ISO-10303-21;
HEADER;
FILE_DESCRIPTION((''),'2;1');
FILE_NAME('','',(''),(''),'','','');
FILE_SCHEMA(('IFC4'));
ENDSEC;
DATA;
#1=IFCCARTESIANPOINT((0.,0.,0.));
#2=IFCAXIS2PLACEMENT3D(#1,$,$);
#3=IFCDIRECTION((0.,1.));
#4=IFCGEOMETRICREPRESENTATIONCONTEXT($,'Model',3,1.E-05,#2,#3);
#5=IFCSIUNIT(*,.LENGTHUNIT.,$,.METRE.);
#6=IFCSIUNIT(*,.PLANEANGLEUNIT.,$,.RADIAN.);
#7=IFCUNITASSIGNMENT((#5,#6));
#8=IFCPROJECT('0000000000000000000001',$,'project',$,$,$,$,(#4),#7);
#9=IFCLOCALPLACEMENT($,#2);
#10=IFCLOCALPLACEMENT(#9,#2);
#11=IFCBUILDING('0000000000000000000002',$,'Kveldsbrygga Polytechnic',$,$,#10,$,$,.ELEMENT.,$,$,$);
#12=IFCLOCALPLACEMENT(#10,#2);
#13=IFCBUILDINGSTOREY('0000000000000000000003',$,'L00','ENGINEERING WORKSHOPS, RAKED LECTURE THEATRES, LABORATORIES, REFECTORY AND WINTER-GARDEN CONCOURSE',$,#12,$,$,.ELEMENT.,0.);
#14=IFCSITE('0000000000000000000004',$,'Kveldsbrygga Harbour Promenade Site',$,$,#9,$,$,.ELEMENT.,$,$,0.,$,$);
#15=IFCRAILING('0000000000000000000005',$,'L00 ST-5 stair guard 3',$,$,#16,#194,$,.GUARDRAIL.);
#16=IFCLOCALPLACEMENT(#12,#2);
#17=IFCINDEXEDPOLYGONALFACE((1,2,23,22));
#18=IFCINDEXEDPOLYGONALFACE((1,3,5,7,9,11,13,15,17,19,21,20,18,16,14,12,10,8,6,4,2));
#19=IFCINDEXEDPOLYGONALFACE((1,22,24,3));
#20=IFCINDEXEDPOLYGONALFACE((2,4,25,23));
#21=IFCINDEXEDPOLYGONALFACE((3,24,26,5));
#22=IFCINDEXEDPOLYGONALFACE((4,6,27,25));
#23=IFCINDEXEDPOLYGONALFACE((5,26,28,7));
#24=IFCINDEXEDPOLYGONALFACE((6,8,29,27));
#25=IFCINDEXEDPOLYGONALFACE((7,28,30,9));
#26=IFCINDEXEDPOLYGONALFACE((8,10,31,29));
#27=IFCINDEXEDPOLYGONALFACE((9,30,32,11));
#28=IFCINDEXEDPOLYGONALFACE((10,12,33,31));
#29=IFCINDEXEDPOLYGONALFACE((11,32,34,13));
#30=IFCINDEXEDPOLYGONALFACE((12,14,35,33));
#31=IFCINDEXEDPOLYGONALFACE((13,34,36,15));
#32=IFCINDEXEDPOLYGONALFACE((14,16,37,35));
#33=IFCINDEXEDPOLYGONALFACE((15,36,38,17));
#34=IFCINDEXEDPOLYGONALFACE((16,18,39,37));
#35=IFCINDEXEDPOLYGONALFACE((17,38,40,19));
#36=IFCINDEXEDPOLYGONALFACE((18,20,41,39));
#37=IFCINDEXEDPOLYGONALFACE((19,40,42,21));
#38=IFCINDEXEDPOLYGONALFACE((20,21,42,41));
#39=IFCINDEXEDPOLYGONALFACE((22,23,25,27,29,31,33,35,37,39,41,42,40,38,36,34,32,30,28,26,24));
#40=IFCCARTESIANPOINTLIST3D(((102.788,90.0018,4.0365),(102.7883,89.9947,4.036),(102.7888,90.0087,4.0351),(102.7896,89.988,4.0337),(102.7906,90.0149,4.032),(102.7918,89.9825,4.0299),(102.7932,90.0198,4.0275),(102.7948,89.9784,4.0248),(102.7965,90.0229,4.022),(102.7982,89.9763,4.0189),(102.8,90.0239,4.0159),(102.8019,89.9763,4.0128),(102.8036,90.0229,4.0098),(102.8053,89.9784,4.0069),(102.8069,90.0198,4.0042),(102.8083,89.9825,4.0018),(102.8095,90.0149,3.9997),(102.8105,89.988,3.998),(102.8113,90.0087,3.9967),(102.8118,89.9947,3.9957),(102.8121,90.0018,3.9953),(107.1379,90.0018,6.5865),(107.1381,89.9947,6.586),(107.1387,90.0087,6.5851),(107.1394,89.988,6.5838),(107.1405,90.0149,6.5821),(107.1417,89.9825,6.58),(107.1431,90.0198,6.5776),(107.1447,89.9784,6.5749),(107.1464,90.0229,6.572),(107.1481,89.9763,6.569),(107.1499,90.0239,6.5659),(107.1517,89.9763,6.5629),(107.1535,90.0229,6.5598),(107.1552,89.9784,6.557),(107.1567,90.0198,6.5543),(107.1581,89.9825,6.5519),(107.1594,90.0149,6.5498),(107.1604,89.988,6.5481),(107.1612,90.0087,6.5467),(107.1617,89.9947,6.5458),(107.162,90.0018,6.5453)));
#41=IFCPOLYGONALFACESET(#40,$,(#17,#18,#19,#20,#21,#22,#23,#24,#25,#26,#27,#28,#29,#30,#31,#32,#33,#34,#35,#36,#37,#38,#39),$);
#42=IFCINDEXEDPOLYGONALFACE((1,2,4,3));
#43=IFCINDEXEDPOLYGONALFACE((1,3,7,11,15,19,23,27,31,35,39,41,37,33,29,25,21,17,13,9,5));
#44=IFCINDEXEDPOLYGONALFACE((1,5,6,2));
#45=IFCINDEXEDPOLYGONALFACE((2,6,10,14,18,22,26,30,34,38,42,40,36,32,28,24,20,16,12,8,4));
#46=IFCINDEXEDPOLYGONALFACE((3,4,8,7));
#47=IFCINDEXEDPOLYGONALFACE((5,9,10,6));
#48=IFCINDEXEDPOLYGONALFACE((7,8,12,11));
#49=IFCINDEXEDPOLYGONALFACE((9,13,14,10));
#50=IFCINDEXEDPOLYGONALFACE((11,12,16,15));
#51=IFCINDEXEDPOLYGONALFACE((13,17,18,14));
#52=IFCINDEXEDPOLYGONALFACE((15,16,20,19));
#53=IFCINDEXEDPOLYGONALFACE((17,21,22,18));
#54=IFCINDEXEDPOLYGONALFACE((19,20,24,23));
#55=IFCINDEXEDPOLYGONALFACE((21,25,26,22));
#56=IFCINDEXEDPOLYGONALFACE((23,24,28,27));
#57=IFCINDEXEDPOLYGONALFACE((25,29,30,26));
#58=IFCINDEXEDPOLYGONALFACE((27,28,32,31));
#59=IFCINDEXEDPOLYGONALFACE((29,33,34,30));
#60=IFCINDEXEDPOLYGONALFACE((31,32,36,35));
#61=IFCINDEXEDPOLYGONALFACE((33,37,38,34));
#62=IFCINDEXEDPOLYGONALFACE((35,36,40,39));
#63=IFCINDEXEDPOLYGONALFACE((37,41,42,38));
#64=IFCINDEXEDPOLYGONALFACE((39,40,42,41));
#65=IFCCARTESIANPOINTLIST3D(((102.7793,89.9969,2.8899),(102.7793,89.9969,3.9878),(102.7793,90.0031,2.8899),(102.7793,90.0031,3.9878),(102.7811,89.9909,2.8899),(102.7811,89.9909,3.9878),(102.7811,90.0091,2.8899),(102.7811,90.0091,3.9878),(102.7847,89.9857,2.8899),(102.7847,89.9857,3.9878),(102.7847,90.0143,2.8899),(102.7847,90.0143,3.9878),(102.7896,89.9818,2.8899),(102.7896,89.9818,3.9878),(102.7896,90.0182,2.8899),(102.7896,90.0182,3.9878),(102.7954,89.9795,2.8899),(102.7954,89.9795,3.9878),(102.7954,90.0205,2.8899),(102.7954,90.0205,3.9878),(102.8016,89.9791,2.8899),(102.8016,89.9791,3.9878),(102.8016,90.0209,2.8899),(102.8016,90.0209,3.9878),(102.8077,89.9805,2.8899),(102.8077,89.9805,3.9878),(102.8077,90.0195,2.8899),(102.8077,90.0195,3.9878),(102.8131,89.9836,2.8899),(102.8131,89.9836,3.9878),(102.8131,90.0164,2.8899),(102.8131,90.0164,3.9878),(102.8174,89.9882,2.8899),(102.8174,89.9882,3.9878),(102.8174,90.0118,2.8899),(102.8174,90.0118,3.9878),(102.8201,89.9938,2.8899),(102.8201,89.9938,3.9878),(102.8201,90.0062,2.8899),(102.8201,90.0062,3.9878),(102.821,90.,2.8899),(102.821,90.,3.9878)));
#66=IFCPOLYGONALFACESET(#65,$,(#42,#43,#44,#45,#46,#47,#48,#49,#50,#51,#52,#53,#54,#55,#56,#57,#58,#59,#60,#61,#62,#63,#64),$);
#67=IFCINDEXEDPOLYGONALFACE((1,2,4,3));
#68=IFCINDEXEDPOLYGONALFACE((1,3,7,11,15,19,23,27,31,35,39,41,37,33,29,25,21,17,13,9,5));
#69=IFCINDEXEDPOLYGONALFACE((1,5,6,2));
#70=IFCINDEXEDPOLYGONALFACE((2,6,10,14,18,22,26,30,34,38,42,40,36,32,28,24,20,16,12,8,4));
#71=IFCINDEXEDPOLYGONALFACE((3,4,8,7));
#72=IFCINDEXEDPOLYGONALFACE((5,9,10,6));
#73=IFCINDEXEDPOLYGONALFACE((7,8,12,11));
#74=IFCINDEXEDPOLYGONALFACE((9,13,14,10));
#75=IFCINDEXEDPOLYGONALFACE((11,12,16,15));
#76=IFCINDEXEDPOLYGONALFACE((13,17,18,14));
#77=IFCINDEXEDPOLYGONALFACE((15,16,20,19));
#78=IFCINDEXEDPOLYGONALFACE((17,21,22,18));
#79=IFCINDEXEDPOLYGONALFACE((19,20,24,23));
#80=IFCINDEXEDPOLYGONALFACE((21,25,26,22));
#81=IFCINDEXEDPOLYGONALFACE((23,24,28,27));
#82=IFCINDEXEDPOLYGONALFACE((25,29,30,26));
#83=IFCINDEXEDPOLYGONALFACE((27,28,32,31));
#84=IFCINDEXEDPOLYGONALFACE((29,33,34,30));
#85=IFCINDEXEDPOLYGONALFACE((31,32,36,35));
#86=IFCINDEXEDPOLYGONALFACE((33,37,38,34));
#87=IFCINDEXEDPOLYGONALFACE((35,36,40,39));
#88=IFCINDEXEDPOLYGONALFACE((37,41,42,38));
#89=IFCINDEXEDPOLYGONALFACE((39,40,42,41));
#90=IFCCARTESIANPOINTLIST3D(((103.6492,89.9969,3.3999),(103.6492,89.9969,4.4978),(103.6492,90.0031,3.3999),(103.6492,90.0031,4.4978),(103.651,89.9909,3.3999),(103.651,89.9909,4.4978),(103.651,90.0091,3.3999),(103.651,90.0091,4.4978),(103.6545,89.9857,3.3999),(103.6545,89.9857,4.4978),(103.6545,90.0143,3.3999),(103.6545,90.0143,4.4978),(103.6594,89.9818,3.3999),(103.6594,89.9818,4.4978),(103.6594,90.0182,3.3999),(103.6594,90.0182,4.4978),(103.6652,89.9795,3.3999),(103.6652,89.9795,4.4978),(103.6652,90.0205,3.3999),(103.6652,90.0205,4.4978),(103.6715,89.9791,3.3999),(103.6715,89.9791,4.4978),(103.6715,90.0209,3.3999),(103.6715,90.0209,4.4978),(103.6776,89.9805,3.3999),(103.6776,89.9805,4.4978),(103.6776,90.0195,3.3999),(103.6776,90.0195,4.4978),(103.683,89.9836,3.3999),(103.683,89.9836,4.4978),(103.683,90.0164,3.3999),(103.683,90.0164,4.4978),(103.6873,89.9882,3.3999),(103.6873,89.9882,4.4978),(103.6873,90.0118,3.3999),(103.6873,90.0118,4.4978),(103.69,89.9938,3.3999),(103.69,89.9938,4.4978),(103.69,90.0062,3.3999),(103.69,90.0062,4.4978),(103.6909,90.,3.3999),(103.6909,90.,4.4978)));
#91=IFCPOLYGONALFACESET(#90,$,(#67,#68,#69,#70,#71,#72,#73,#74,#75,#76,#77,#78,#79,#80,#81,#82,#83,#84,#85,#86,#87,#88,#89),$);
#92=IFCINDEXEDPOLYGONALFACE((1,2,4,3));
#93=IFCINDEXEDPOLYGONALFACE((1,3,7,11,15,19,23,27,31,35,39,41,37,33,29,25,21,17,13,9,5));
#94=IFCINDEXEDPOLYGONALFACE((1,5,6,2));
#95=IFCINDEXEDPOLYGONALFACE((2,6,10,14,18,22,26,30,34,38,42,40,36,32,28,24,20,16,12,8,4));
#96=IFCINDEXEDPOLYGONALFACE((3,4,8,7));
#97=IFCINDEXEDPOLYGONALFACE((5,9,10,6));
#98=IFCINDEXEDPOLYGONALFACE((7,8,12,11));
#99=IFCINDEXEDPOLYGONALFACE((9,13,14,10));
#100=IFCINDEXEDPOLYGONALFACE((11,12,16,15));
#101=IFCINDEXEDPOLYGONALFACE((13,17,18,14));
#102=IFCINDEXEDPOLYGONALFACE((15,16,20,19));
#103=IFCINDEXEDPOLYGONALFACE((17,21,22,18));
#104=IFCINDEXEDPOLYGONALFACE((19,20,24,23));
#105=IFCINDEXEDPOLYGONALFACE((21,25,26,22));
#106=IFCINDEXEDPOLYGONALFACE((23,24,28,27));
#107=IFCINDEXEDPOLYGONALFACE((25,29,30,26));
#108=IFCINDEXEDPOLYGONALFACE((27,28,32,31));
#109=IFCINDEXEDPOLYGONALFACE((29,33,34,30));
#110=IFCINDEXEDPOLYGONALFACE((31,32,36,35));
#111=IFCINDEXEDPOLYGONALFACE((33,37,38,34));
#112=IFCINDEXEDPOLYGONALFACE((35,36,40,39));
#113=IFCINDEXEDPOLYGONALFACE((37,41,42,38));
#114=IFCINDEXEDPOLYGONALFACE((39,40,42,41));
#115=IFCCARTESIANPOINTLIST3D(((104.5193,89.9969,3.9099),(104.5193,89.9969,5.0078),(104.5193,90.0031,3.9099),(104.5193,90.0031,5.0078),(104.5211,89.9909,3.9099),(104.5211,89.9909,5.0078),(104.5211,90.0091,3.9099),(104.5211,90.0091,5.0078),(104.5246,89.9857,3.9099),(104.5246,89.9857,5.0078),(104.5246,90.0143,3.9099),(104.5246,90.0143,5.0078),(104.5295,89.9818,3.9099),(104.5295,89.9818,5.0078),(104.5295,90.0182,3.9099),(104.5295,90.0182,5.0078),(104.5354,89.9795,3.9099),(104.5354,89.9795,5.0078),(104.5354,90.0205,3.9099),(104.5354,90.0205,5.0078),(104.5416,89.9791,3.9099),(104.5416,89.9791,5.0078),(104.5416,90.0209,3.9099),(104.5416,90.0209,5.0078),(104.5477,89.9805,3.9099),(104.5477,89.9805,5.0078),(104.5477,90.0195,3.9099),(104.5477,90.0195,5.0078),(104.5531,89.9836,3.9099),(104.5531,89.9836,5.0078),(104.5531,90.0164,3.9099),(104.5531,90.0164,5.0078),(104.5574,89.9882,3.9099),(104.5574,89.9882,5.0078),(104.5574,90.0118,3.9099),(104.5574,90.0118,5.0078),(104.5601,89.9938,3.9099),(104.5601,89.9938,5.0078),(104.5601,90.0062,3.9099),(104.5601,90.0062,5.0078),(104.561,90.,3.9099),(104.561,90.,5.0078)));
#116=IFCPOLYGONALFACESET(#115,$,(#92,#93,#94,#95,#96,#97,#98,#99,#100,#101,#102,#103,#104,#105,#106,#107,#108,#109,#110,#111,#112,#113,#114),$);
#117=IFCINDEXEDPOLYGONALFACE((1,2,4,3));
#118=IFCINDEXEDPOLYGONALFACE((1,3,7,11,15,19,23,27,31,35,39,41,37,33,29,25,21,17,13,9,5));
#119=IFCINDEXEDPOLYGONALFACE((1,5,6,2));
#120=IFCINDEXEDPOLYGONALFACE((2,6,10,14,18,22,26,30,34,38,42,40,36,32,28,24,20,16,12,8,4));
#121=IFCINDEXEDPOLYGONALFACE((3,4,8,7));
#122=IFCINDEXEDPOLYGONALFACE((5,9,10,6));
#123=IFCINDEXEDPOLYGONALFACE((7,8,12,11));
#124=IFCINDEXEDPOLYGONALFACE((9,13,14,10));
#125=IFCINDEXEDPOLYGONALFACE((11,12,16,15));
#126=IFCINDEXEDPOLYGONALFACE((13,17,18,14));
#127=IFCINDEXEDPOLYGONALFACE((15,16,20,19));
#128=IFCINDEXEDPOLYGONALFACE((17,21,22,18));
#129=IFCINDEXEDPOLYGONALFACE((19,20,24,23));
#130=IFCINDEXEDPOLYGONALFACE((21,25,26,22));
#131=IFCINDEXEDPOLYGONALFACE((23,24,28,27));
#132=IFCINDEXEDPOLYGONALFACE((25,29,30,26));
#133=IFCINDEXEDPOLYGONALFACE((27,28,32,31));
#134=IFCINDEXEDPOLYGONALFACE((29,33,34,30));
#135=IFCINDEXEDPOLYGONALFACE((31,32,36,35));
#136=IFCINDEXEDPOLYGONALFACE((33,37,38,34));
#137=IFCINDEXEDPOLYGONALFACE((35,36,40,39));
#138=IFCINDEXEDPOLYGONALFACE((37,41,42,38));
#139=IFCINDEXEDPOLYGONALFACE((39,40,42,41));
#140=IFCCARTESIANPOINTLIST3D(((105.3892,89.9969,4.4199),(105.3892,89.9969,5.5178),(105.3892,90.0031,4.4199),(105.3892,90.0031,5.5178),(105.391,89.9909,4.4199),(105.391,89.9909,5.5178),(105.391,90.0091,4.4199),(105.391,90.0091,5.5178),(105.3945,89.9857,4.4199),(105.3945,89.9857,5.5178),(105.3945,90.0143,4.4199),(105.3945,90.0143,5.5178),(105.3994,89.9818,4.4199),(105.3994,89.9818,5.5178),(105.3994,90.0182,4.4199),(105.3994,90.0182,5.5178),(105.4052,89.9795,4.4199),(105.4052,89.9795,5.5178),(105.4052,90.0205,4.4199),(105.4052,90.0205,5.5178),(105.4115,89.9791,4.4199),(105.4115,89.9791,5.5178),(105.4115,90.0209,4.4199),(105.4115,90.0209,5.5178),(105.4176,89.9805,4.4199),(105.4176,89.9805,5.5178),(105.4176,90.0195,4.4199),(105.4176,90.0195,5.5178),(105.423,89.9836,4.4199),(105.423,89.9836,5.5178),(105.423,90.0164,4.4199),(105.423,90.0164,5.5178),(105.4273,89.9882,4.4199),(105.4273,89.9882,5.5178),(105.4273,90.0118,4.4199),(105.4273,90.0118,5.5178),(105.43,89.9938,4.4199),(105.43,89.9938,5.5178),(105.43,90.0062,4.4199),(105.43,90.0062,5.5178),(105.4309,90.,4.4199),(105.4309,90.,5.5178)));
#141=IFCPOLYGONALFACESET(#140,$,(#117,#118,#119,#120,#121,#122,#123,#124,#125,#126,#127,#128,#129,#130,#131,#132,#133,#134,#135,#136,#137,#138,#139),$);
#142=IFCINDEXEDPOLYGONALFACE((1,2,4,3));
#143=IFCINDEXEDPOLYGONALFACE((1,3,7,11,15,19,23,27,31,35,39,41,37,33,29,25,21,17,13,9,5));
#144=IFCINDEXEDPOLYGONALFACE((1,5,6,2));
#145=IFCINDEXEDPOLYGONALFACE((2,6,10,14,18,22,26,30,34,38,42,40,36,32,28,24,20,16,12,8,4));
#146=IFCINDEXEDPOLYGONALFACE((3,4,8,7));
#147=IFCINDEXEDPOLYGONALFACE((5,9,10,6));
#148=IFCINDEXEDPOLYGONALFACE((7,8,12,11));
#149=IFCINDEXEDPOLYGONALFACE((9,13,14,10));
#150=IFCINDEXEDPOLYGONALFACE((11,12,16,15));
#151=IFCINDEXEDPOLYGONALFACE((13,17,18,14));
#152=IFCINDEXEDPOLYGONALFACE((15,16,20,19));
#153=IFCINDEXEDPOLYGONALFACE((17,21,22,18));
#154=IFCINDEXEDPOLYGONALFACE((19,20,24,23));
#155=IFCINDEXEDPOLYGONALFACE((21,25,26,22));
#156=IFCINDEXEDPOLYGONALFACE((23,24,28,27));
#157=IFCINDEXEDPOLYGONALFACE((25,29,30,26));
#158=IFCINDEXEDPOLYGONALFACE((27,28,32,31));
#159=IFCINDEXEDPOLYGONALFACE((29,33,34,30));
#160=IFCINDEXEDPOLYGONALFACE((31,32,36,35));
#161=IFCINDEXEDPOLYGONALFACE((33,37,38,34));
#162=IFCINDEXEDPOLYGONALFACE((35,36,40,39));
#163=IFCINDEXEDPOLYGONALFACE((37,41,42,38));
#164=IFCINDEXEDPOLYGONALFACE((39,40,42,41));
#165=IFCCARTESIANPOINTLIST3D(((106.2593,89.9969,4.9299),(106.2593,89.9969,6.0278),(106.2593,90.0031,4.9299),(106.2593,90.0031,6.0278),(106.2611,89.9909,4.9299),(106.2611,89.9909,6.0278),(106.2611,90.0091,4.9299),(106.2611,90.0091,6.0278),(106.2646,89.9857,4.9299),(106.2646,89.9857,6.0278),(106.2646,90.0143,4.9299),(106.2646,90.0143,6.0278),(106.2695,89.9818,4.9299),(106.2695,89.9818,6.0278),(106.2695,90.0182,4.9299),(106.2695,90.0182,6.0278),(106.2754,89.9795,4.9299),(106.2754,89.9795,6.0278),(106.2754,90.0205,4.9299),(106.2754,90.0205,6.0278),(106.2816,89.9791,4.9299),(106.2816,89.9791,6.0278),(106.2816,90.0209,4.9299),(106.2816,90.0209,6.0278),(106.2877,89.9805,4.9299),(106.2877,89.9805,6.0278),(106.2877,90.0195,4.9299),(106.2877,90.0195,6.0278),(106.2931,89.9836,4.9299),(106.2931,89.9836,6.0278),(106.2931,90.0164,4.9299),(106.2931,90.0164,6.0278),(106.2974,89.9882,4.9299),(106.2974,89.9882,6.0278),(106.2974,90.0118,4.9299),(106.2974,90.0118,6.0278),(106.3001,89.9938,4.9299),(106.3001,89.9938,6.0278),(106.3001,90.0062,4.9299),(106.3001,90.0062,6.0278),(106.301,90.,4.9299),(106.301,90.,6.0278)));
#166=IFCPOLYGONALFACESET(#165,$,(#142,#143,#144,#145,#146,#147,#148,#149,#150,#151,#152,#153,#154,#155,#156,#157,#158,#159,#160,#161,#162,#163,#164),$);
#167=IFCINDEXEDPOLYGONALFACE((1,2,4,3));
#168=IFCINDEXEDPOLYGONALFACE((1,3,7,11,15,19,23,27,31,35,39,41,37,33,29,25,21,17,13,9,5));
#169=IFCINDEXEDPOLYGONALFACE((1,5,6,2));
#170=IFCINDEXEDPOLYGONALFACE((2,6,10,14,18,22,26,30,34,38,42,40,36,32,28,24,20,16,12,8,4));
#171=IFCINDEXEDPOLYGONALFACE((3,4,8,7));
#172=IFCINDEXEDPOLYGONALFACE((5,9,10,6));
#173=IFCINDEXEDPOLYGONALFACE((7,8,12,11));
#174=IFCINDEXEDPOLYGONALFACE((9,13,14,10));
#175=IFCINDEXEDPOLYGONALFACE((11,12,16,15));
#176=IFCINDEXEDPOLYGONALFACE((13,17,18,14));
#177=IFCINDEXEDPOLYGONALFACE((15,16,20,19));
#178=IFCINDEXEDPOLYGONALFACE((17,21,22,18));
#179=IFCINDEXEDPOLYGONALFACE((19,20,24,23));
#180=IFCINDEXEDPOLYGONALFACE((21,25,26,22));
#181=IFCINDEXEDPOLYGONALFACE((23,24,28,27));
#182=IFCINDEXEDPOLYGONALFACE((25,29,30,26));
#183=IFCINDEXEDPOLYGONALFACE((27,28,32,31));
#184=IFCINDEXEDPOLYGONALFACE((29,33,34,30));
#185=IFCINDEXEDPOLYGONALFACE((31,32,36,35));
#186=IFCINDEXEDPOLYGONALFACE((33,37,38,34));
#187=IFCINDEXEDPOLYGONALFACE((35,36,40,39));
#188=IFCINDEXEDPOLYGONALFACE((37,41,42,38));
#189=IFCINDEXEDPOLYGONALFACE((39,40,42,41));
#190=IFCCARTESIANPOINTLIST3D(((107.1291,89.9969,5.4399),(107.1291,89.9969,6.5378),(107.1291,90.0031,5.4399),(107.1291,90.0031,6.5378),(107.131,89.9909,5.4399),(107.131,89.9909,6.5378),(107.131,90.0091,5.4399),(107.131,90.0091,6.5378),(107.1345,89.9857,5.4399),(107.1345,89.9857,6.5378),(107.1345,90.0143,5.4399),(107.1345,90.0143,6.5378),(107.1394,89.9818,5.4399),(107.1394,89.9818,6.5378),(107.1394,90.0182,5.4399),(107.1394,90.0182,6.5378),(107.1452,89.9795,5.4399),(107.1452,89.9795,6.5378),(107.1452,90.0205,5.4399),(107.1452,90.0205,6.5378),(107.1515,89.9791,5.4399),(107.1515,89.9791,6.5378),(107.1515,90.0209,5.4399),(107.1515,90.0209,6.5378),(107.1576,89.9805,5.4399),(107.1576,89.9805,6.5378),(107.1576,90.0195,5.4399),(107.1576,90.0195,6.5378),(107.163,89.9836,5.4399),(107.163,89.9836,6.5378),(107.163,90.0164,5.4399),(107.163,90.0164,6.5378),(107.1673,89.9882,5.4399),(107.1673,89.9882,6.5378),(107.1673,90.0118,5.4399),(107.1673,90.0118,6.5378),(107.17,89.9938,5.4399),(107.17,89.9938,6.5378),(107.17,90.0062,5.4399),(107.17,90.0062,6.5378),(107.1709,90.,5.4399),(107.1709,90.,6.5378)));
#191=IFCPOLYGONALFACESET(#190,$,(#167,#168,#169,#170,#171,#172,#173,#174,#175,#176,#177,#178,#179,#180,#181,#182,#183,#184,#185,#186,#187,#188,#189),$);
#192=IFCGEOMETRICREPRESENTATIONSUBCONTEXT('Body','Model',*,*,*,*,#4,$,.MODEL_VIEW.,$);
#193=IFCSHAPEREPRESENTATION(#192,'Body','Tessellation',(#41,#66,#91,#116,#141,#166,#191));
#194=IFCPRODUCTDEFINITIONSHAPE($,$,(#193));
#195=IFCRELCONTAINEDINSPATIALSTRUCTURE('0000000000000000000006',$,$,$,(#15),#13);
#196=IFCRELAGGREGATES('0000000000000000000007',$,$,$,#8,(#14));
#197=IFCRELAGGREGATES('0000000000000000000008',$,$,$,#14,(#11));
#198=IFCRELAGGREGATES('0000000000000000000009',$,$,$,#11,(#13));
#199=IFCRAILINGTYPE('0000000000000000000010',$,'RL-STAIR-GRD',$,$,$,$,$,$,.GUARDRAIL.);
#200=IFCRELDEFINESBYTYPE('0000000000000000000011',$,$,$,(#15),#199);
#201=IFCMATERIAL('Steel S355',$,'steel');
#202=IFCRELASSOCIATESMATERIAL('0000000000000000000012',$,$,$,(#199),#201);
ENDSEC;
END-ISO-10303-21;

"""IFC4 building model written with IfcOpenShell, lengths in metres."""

from ifc_helpers import new_model, si_unit, direction, frame, origin, origin_2d, place, context, subcontext, project, spatial, circle, extrude, material, type_object, element, save


model = new_model("IFC4")

# Units and contexts
model_context = context("Model", 3, precision=1e-05, world=origin(), true_north=direction((0.0, 1.0)))
body_context = subcontext(model_context, "Body", "Model", "MODEL_VIEW")
ifc_project = project(units=[si_unit("LENGTHUNIT", "METRE"), si_unit("PLANEANGLEUNIT", "RADIAN")], contexts=[model_context])

# Site, building, storey
site_placement = place(None, origin())
site = spatial("IfcSite", under=ifc_project, at=site_placement, Name="Kveldsbrygga Harbour Promenade Site", CompositionType="ELEMENT", RefElevation=0.0)
building_placement = place(site_placement, origin())
building = spatial("IfcBuilding", under=site, at=building_placement, Name="Kveldsbrygga Polytechnic", CompositionType="ELEMENT")
storey_placement = place(building_placement, origin())
storey = spatial("IfcBuildingStorey", under=building, at=storey_placement, Name="L00", Description="ENGINEERING WORKSHOPS, RAKED LECTURE THEATRES, LABORATORIES, REFECTORY AND WINTER-GARDEN CONCOURSE", CompositionType="ELEMENT", Elevation=0.0)

# Railing
ifc_material_1 = material(Name="Steel S355", Category="steel")
railing_type_1 = type_object("IfcRailingType", Name="RL-STAIR-GRD", PredefinedType="GUARDRAIL", material=ifc_material_1)
railing_1_placement = place(storey_placement, frame((102.8, 90.0, 2.8899)))
element("IfcRailing", 1, at=railing_1_placement, inside=storey, type_object=railing_type_1, Name="L00 ST-5 stair guard 3", PredefinedType="GUARDRAIL", context=body_context, shape_type="SweptSolid", body=[
    extrude(circle(Radius=0.0239, at=origin_2d()), frame((0.0, 0.0, 1.126), z_axis=(0.862686, 0.0, 0.505739), x_axis=(0.0, 1.0, 0.0)), (0.0, 0.0, 1.0), 5.0422),
    extrude(circle(Radius=0.021, at=origin_2d()), origin(), (0.0, 0.0, 1.0), 1.0979),
    extrude(circle(Radius=0.021, at=origin_2d()), frame((0.8699, 0.0, 0.51)), (0.0, 0.0, 1.0), 1.0979),
    extrude(circle(Radius=0.021, at=origin_2d()), frame((1.74, 0.0, 1.02)), (0.0, 0.0, 1.0), 1.0979),
    extrude(circle(Radius=0.021, at=origin_2d()), frame((2.6099, 0.0, 1.53)), (0.0, 0.0, 1.0), 1.0979),
    extrude(circle(Radius=0.021, at=origin_2d()), frame((3.48, 0.0, 2.04)), (0.0, 0.0, 1.0), 1.0979),
    extrude(circle(Radius=0.021, at=origin_2d()), frame((4.3499, 0.0, 2.55)), (0.0, 0.0, 1.0), 1.0979),
])

save(model, "model.ifc")
